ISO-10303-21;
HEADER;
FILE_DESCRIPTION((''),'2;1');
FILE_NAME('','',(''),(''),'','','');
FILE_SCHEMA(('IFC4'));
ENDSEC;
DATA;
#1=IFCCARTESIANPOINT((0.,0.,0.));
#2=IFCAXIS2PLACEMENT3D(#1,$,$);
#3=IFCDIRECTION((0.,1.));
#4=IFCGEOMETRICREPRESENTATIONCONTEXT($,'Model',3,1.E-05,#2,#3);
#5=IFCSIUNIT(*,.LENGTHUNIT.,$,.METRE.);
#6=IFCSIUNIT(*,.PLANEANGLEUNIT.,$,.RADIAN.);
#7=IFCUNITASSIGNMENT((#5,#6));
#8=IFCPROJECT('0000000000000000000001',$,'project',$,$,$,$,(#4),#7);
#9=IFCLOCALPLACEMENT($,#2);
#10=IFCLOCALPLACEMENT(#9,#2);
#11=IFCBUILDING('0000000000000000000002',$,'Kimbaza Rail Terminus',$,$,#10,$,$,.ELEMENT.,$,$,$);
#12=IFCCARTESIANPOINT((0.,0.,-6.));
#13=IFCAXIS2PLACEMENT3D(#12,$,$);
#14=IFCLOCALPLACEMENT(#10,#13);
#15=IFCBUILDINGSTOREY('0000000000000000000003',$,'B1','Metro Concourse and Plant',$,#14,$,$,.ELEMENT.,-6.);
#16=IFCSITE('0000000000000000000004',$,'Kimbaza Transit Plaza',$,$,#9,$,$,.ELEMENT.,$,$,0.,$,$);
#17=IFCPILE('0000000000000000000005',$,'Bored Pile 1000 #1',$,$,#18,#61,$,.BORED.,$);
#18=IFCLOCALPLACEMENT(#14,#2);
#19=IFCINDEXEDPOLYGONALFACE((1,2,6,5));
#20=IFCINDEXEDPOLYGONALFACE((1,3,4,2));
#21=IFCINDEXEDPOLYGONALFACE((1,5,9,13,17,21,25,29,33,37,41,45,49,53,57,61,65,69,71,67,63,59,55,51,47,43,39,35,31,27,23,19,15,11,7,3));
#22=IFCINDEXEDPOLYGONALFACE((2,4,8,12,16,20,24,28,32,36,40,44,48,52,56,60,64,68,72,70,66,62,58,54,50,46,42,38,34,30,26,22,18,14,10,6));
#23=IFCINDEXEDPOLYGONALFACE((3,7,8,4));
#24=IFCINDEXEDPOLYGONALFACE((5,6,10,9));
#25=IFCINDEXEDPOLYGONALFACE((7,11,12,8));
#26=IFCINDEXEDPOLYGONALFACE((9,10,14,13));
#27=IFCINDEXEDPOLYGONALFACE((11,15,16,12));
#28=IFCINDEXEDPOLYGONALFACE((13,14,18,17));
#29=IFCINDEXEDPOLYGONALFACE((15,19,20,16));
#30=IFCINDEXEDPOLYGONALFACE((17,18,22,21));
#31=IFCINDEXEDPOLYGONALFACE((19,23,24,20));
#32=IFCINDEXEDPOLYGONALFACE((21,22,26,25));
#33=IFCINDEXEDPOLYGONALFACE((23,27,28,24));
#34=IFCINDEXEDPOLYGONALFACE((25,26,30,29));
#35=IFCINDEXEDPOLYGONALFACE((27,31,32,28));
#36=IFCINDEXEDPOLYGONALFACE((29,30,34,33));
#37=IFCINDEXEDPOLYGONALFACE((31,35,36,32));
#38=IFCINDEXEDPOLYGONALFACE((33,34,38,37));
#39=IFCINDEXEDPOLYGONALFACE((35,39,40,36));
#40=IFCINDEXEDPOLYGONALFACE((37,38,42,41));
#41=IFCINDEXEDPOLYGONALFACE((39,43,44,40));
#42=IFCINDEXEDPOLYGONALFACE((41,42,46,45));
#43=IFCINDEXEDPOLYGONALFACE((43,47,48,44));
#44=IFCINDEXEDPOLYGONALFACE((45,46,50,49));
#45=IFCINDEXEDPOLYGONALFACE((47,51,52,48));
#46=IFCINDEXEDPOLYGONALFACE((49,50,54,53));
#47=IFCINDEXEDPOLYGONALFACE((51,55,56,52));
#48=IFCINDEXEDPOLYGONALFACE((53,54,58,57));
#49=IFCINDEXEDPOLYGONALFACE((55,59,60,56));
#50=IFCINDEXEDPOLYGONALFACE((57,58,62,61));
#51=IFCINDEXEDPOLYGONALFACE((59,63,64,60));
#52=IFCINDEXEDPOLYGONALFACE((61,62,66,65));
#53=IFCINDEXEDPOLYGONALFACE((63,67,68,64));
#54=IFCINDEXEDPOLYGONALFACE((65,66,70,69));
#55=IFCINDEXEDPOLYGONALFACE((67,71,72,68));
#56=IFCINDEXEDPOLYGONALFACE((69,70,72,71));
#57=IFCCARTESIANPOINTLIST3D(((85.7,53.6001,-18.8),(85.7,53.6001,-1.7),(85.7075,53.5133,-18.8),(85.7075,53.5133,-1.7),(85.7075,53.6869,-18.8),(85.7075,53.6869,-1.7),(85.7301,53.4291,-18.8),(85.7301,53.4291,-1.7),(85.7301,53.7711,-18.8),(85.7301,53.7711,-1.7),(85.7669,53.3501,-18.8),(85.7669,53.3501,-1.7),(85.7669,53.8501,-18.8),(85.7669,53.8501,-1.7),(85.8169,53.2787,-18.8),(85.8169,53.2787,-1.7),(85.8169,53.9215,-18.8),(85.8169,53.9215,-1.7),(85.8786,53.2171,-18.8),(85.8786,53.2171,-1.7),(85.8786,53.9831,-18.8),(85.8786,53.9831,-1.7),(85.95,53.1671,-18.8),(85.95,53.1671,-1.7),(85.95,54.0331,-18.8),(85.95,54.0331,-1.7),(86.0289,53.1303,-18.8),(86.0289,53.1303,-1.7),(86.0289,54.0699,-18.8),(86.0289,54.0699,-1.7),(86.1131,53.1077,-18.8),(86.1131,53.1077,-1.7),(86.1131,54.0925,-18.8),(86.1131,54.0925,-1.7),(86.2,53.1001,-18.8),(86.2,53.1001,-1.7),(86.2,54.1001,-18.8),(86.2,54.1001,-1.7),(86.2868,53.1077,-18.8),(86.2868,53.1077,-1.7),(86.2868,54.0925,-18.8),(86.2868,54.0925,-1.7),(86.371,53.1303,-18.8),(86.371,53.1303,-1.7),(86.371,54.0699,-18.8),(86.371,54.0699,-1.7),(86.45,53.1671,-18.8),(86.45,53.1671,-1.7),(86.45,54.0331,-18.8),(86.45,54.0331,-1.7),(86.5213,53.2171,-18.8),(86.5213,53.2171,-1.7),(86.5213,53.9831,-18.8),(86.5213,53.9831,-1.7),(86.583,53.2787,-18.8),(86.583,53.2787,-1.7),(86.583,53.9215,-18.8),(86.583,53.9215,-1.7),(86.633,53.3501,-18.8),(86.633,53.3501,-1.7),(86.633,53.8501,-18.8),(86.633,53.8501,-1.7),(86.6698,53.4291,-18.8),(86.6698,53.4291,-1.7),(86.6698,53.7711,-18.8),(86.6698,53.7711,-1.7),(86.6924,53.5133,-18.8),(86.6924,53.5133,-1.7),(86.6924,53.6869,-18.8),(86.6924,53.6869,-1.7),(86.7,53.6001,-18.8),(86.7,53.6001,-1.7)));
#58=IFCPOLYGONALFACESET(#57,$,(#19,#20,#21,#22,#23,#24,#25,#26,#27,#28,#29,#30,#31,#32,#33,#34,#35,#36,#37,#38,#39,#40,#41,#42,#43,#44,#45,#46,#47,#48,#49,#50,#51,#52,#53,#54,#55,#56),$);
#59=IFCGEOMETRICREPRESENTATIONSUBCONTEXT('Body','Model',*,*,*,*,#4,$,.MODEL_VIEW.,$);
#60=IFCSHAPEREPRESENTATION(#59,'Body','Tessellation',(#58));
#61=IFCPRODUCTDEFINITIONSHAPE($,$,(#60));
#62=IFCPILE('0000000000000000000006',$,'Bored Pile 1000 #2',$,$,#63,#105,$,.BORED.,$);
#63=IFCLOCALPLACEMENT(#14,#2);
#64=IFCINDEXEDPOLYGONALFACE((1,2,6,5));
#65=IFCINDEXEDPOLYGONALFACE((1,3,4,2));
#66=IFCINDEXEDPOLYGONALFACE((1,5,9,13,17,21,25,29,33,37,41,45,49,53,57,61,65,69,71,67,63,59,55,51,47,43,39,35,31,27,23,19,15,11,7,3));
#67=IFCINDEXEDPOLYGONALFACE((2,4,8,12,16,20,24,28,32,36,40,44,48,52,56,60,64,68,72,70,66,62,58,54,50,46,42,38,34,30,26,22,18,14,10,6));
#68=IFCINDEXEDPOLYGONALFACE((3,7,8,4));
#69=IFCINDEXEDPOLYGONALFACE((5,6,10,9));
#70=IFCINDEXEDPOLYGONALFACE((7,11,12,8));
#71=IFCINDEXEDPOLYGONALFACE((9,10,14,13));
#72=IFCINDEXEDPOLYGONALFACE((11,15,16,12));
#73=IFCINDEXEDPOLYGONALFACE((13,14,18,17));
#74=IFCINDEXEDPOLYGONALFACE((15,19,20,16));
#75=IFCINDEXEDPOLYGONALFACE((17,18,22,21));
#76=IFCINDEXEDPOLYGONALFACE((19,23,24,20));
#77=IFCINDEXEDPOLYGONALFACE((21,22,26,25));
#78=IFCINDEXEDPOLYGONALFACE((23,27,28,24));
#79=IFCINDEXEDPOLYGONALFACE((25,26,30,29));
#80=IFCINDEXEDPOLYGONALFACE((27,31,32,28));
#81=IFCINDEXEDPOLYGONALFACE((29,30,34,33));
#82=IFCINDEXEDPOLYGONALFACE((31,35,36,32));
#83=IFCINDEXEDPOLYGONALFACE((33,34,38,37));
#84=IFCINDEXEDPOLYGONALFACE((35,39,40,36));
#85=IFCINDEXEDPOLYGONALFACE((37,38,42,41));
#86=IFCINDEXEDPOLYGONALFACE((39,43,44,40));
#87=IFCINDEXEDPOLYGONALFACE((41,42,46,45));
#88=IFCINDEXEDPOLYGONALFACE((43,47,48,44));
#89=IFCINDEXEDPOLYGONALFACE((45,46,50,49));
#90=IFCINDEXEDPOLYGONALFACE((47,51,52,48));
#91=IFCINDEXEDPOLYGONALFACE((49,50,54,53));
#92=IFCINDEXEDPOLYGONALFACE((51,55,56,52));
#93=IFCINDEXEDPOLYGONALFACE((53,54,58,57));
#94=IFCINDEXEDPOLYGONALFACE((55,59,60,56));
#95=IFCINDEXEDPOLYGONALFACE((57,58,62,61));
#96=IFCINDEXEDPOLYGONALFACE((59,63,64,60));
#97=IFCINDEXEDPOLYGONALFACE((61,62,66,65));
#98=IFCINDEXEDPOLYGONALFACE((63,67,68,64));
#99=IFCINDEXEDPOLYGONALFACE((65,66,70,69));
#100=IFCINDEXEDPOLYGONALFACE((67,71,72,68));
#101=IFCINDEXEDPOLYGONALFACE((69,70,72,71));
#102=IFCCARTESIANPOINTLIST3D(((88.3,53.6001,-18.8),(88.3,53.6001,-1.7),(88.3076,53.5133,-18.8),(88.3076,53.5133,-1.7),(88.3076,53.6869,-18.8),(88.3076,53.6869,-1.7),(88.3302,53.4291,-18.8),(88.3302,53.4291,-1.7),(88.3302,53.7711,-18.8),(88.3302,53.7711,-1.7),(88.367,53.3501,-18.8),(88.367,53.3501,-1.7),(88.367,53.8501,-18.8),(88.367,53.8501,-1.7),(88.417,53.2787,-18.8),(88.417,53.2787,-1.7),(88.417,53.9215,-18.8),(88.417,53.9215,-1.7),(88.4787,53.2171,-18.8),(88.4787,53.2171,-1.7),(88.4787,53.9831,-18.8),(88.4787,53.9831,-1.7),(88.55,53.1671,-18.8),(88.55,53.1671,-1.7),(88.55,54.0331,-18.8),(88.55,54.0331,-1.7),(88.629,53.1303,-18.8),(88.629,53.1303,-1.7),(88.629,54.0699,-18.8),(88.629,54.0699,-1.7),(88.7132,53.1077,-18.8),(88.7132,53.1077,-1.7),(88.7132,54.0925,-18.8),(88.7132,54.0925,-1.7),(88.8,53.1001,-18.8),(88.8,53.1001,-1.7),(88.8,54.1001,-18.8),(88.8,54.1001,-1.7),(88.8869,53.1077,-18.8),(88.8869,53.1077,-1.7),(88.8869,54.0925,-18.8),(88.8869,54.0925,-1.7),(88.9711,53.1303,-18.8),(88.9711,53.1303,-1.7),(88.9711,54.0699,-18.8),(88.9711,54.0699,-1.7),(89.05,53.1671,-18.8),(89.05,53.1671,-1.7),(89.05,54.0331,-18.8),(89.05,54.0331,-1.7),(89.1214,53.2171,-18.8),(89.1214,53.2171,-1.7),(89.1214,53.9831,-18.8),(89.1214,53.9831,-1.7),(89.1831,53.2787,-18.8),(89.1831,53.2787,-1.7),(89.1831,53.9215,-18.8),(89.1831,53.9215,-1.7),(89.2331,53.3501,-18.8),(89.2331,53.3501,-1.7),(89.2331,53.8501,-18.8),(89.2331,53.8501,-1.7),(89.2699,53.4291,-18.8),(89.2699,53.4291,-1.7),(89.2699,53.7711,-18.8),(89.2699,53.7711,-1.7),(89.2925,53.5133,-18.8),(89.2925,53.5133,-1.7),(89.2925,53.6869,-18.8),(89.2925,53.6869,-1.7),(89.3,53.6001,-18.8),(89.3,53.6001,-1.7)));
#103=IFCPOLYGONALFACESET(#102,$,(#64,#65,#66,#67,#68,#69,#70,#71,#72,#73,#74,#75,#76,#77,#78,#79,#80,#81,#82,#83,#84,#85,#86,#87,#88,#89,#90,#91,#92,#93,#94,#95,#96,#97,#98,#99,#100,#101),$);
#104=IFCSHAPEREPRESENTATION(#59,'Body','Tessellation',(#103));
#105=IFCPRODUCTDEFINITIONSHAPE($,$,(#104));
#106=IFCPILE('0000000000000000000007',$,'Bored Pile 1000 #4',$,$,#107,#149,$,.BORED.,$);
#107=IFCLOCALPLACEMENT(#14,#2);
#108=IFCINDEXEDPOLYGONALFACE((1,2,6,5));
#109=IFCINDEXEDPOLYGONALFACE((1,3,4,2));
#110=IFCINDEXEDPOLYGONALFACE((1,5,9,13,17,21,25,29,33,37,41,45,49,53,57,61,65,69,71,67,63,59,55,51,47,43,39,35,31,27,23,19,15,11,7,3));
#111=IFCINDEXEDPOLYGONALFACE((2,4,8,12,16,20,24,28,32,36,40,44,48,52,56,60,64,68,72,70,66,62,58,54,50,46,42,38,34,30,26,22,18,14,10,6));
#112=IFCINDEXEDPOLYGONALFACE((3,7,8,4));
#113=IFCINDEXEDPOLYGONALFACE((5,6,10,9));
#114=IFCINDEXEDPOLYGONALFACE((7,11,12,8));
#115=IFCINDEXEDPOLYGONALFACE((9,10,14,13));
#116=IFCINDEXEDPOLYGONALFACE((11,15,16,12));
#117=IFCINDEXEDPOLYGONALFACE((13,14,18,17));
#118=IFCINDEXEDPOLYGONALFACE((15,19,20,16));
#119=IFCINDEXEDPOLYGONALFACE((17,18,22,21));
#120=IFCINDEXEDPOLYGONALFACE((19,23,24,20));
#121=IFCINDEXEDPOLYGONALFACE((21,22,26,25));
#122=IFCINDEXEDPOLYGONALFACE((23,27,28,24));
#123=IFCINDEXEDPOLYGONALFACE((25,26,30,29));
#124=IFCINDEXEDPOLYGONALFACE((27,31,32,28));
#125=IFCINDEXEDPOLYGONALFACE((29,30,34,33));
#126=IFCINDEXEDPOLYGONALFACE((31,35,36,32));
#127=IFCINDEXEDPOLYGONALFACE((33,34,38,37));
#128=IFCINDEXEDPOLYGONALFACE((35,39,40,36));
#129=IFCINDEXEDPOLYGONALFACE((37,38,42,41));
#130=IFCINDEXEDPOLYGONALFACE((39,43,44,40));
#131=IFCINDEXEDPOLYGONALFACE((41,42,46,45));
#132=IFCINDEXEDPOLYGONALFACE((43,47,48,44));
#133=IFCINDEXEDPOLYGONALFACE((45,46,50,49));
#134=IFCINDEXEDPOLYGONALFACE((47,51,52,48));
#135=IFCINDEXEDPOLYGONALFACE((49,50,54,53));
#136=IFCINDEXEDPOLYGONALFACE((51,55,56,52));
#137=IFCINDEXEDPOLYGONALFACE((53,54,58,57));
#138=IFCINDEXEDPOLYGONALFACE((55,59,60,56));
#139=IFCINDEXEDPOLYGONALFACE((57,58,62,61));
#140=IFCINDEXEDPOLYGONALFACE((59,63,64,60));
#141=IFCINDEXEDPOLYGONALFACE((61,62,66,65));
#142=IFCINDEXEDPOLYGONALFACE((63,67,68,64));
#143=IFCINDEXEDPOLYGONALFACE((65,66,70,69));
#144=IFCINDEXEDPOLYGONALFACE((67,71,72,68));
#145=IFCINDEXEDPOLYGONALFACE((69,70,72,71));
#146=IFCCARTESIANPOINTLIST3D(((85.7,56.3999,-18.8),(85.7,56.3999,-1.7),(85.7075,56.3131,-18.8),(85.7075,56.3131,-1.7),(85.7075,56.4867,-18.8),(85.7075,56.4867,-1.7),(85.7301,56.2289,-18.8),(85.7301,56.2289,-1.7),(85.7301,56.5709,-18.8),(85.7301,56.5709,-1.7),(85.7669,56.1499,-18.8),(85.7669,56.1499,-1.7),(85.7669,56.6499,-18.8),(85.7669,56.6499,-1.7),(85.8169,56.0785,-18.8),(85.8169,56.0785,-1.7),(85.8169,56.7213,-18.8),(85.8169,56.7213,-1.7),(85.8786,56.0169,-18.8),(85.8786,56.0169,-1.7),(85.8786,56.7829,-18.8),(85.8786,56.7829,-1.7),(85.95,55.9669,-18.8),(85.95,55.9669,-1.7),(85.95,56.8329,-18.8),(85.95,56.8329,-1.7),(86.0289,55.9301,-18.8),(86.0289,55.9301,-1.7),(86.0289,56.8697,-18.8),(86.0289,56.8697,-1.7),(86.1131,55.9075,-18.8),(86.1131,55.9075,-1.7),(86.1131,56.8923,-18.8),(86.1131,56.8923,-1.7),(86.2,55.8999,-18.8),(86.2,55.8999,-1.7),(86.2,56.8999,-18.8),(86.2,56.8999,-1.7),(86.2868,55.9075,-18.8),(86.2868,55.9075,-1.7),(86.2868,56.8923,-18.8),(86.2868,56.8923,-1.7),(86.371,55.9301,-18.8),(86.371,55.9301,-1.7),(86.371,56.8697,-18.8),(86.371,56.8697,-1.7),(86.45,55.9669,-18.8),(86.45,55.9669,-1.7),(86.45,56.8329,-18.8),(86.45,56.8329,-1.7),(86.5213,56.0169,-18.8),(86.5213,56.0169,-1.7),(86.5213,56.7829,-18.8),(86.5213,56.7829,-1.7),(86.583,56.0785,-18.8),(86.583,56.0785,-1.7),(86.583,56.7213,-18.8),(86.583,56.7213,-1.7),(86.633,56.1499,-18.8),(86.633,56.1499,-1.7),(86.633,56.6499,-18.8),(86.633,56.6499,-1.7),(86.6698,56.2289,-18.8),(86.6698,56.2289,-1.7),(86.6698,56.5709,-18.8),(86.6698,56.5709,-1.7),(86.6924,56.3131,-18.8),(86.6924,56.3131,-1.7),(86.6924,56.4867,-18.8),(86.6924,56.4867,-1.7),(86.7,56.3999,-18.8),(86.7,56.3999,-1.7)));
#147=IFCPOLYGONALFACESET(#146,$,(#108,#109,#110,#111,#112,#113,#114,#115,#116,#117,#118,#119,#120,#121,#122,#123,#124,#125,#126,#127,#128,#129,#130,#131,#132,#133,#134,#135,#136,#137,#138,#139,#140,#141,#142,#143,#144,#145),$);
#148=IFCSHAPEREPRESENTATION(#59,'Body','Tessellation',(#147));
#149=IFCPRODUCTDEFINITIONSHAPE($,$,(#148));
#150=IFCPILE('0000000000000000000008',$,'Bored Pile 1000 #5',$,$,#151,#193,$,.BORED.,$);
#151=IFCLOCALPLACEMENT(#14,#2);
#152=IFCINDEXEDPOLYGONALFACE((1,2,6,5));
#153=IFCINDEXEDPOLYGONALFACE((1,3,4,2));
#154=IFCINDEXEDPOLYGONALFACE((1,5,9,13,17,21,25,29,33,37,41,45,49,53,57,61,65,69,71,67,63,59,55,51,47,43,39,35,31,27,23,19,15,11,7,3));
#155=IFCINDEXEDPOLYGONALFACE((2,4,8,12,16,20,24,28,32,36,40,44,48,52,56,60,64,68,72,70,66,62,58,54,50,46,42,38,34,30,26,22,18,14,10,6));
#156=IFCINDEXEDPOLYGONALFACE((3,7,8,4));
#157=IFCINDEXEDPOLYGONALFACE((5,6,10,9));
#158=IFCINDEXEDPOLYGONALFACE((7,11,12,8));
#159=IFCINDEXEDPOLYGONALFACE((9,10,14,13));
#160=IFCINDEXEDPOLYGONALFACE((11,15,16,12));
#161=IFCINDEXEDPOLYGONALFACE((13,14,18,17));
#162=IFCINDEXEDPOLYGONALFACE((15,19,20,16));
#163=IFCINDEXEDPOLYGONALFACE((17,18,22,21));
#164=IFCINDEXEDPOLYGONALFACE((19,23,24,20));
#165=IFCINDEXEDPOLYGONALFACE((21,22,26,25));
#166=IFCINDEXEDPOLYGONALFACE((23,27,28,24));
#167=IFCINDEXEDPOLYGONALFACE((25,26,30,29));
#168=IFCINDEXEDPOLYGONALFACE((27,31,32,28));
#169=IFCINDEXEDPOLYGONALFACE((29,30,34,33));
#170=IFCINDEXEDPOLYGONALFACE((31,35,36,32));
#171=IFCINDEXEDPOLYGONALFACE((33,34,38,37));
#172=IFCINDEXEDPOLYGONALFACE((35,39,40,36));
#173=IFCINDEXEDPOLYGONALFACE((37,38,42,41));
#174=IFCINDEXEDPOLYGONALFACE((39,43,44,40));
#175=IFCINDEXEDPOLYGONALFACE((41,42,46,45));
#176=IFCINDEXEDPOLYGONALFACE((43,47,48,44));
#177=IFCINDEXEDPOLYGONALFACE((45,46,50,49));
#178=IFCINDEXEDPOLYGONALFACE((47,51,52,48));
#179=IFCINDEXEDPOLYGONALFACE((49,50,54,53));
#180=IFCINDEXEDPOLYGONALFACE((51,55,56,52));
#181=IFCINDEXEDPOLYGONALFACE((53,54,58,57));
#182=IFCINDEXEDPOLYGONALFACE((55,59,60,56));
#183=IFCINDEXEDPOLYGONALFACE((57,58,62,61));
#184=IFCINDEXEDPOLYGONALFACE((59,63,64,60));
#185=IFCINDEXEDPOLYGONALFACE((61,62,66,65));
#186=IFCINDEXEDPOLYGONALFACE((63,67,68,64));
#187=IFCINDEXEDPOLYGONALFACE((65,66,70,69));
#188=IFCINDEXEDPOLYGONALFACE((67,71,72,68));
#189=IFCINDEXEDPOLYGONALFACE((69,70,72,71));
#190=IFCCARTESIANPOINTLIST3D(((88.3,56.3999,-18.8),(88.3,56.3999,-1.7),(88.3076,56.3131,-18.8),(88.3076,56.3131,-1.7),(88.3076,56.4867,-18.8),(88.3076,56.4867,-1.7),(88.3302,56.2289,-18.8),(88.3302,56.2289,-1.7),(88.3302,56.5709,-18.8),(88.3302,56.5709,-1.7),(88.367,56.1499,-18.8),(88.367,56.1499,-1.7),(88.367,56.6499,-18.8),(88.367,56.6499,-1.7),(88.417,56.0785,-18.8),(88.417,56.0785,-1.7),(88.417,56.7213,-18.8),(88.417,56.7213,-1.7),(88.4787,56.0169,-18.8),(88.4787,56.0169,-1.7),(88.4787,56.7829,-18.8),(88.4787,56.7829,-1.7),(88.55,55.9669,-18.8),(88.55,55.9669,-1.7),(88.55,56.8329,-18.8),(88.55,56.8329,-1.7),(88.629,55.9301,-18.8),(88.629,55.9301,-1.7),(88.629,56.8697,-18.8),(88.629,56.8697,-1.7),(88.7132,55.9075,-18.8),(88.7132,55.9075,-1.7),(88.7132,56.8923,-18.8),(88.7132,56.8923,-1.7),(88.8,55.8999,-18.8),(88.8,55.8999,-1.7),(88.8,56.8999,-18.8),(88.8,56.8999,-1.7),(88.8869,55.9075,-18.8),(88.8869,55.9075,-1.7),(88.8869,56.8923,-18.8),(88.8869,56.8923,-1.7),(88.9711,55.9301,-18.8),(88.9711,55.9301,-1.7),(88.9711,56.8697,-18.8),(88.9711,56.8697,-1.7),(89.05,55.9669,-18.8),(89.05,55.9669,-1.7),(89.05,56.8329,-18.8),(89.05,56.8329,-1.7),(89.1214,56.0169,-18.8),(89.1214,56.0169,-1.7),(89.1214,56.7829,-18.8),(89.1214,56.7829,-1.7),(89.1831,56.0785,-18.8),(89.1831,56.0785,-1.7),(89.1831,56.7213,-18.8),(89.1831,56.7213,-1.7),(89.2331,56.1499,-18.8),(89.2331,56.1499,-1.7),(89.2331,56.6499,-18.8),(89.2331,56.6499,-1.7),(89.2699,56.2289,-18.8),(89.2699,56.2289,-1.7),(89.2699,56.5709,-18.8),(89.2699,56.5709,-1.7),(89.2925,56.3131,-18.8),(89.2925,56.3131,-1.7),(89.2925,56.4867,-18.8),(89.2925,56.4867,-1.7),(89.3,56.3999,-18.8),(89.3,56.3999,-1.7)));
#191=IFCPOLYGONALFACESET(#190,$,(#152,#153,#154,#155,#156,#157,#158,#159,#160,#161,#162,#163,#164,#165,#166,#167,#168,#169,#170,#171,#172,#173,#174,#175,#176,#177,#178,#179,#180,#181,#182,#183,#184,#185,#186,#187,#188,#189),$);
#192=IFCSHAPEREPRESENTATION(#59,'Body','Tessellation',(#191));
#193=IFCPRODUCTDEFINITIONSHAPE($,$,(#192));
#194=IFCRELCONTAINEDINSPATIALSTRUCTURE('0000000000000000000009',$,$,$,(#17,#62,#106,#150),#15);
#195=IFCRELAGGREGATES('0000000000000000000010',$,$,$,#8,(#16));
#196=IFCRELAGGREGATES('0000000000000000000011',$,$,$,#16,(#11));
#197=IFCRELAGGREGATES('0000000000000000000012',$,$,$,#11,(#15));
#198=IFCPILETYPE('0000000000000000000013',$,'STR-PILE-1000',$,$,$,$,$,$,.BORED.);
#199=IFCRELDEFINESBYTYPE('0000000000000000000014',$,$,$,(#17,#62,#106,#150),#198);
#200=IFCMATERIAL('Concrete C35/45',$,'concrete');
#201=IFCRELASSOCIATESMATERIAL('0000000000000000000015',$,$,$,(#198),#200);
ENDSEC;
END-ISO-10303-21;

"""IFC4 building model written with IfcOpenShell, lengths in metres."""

from ifc_helpers import new_model, si_unit, direction, frame, origin, origin_2d, place, context, subcontext, project, spatial, circle, extrude, material, material_profile, profile_set, type_object, element, save


model = new_model("IFC4")

# Units and contexts
model_context = context("Model", 3, precision=1e-05, world=origin(), true_north=direction((0.0, 1.0)))
body_context = subcontext(model_context, "Body", "Model", "MODEL_VIEW")
ifc_project = project(units=[si_unit("LENGTHUNIT", "METRE"), si_unit("PLANEANGLEUNIT", "RADIAN")], contexts=[model_context])

# Site, building, storey
site_placement = place(None, origin())
site = spatial("IfcSite", under=ifc_project, at=site_placement, Name="Kimbaza Transit Plaza", CompositionType="ELEMENT", RefElevation=0.0)
building_placement = place(site_placement, origin())
building = spatial("IfcBuilding", under=site, at=building_placement, Name="Kimbaza Rail Terminus", CompositionType="ELEMENT")
storey_placement = place(building_placement, frame((0.0, 0.0, -6.0)))
storey = spatial("IfcBuildingStorey", under=building, at=storey_placement, Name="B1", Description="Metro Concourse and Plant", CompositionType="ELEMENT", Elevation=-6.0)

# Piles
ifc_material_1 = material(Name="Concrete C35/45", Category="concrete")
ifc_material_profile_1 = material_profile(ifc_material_1, circle(Radius=0.5, at=origin_2d()), Name="BORED PILE 1000")
ifc_profile_set_1 = profile_set([ifc_material_profile_1], Name="Concrete C35/45")
pile_type_1 = type_object("IfcPileType", Name="STR-PILE-1000", PredefinedType="BORED", material=ifc_profile_set_1)
for number, where, z_axis, x_axis, name in (
    (1, (86.2, 53.6001, -1.7), (0.0, 0.0, -1.0), (1.0, 0.0, 0.0), "Bored Pile 1000 #1"),
    (2, (88.8, 53.6001, -1.7), (0.0, 0.0, -1.0), (1.0, 0.0, 0.0), "Bored Pile 1000 #2"),
    (3, (86.2, 56.3999, -1.7), (0.0, 0.0, -1.0), (1.0, 0.0, 0.0), "Bored Pile 1000 #4"),
    (4, (88.8, 56.3999, -1.7), (0.0, 0.0, -1.0), (1.0, 0.0, 0.0), "Bored Pile 1000 #5"),
):
    element("IfcPile", number, at=place(storey_placement, frame(where, z_axis=z_axis, x_axis=x_axis)), inside=storey, type_object=pile_type_1, Name=name, PredefinedType="BORED", context=body_context, shape_type="SweptSolid", body=[
        extrude(circle(Radius=0.5, at=origin_2d()), origin(), (0.0, 0.0, 1.0), 17.1001),
    ])

save(model, "model.ifc")
